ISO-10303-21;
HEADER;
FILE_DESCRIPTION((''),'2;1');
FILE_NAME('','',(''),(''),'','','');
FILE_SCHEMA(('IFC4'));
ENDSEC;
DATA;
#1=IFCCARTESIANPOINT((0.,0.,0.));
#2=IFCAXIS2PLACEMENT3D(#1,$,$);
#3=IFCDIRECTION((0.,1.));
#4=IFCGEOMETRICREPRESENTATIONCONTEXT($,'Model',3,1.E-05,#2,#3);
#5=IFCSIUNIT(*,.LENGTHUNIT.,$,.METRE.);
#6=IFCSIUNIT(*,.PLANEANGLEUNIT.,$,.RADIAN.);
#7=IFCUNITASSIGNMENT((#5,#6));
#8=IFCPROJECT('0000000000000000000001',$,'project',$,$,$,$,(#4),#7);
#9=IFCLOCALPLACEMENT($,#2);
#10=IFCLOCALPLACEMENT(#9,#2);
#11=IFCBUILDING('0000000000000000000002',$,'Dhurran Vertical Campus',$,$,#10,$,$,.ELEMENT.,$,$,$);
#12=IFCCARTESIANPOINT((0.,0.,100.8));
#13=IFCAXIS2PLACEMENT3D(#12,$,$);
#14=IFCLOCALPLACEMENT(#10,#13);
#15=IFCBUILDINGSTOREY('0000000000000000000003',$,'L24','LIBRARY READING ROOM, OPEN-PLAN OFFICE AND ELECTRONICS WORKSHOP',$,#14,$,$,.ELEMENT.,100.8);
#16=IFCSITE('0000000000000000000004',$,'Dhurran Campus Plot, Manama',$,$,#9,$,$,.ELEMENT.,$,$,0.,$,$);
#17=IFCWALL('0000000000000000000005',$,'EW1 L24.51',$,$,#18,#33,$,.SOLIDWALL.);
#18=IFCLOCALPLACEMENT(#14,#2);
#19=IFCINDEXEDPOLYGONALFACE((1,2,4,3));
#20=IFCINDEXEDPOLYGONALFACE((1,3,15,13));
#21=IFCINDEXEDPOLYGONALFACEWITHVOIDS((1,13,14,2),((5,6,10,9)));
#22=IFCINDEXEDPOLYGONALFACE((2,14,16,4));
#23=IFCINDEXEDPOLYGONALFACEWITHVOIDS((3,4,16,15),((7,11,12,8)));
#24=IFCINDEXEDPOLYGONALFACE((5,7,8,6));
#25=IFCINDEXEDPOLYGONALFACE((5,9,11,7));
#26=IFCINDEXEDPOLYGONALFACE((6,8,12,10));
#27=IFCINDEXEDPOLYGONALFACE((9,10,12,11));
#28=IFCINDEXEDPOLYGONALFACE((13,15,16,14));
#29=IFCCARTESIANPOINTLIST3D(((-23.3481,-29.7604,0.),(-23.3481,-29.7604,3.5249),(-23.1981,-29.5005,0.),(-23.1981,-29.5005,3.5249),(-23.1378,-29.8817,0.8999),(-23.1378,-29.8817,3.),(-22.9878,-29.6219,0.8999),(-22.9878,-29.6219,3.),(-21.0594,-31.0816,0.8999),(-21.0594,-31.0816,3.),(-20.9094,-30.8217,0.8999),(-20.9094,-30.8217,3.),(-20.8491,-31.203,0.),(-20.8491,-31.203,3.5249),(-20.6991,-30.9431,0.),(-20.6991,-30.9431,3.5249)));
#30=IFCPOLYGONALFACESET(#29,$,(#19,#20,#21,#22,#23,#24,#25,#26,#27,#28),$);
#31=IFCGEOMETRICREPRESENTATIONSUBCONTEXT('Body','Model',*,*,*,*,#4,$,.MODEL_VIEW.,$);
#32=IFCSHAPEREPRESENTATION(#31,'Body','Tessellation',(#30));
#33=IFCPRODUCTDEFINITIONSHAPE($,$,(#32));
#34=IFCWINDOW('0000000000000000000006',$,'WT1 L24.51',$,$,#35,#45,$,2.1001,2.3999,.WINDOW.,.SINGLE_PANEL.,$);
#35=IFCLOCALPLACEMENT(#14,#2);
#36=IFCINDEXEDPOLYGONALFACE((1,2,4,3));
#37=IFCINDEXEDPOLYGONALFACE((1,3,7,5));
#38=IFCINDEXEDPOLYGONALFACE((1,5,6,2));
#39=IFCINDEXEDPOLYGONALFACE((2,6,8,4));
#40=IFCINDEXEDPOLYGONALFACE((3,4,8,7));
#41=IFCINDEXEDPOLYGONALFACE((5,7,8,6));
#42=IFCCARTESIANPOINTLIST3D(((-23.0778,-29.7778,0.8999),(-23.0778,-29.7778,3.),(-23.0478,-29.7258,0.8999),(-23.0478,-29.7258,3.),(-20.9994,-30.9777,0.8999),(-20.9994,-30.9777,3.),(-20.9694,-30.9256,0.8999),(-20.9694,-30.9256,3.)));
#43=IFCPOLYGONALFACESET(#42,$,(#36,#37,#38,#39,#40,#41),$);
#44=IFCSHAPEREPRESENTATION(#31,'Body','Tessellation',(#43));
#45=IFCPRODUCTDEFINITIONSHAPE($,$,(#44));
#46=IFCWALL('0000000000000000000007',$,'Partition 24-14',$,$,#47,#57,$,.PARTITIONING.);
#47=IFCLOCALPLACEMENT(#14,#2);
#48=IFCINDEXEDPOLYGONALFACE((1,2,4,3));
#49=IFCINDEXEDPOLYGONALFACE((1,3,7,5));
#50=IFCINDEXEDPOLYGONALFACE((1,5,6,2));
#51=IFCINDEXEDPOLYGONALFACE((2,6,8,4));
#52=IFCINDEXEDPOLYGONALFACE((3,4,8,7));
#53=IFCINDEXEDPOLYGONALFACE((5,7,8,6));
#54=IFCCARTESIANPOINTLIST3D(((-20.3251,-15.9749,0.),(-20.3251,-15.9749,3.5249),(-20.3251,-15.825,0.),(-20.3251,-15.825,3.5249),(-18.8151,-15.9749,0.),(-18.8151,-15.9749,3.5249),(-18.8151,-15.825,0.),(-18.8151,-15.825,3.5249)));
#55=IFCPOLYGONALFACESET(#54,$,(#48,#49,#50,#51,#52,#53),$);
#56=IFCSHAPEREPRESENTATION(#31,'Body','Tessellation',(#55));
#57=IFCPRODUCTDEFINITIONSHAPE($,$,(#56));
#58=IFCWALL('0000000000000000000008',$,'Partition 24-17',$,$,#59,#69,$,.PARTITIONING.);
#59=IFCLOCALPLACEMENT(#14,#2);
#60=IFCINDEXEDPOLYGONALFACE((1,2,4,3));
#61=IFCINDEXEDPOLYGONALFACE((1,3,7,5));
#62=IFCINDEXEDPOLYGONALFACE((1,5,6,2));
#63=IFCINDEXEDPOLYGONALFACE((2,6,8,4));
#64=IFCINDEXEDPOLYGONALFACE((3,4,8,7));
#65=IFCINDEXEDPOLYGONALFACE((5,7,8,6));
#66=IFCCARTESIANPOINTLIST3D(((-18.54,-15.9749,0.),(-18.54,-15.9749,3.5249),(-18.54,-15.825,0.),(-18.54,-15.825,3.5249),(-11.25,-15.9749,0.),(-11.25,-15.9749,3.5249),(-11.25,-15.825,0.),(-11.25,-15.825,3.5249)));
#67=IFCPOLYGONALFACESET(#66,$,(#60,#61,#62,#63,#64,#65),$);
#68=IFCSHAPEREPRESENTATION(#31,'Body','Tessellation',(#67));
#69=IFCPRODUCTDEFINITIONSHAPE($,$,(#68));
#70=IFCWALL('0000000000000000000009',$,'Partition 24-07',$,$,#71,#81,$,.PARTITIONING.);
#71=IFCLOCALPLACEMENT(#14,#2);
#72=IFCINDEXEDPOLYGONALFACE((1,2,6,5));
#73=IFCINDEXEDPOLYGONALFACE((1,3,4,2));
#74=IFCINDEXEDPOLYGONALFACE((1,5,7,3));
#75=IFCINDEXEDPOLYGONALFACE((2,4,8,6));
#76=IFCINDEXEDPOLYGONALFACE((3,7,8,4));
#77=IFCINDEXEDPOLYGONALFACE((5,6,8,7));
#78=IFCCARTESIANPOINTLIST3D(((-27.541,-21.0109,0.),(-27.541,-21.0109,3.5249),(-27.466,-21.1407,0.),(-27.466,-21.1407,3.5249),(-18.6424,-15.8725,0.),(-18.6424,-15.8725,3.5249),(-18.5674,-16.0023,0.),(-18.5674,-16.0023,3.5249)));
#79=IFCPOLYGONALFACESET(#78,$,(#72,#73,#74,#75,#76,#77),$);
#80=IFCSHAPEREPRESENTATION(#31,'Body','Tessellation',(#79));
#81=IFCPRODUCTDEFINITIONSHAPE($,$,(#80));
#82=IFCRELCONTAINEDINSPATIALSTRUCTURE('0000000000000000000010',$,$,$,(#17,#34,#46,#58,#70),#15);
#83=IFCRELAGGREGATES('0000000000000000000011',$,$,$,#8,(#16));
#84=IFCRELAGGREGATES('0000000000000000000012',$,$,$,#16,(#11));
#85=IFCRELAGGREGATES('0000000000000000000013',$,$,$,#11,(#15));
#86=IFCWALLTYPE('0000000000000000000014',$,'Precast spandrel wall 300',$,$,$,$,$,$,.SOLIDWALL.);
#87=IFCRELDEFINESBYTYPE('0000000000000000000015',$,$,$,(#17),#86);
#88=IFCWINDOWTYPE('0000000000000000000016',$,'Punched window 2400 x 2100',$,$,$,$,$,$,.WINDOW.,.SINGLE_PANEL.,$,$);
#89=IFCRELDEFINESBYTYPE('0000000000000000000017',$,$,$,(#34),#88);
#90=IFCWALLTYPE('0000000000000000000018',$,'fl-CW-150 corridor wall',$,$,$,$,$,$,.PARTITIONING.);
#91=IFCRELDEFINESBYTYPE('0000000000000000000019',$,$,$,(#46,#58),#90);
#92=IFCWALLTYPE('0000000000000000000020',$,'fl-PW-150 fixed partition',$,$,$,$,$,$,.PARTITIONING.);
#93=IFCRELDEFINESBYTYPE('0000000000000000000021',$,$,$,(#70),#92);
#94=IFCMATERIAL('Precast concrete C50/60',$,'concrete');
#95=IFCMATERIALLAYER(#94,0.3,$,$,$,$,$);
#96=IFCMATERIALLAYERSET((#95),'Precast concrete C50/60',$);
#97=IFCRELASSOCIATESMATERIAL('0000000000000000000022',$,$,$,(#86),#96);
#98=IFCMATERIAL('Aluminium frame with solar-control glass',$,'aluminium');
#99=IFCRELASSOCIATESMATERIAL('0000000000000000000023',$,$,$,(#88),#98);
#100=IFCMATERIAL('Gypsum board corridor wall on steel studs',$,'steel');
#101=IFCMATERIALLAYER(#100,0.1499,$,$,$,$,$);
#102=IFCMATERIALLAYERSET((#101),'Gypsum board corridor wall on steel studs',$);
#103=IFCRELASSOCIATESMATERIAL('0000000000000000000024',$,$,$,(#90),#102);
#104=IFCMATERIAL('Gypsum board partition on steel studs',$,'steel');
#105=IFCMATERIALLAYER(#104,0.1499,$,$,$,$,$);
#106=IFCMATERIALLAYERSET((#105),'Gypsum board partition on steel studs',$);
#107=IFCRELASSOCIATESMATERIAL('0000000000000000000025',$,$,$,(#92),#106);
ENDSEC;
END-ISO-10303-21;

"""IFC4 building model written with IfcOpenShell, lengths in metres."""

from ifc_helpers import new_model, si_unit, direction, frame, frame_2d, origin, place, context, subcontext, project, spatial, rectangle, extrude, material, layer, layer_set, type_object, element, fill, save


model = new_model("IFC4")

# Units and contexts
model_context = context("Model", 3, precision=1e-05, world=origin(), true_north=direction((0.0, 1.0)))
body_context = subcontext(model_context, "Body", "Model", "MODEL_VIEW")
ifc_project = project(units=[si_unit("LENGTHUNIT", "METRE"), si_unit("PLANEANGLEUNIT", "RADIAN")], contexts=[model_context])

# Site, building, storey
site_placement = place(None, origin())
site = spatial("IfcSite", under=ifc_project, at=site_placement, Name="Dhurran Campus Plot, Manama", CompositionType="ELEMENT", RefElevation=0.0)
building_placement = place(site_placement, origin())
building = spatial("IfcBuilding", under=site, at=building_placement, Name="Dhurran Vertical Campus", CompositionType="ELEMENT")
storey_placement = place(building_placement, frame((0.0, 0.0, 100.8)))
storey = spatial("IfcBuildingStorey", under=building, at=storey_placement, Name="L24", Description="LIBRARY READING ROOM, OPEN-PLAN OFFICE AND ELECTRONICS WORKSHOP", CompositionType="ELEMENT", Elevation=100.8)

# Wall, opening, window
ifc_material_1 = material(Name="Precast concrete C50/60", Category="concrete")
ifc_layer_1 = layer(ifc_material_1, 0.3)
ifc_layer_set_1 = layer_set([ifc_layer_1], Name="Precast concrete C50/60")
wall_type_1 = type_object("IfcWallType", Name="Precast spandrel wall 300", PredefinedType="SOLIDWALL", material=ifc_layer_set_1)
ifc_material_2 = material(Name="Aluminium frame with solar-control glass", Category="aluminium")
window_type = type_object("IfcWindowType", Name="Punched window 2400 x 2100", PartitioningType="SINGLE_PANEL", PredefinedType="WINDOW", material=ifc_material_2)
wall_1_placement = place(storey_placement, frame((-23.2732, -29.6304, 0.0), z_axis=(0.0, 0.0, 1.0), x_axis=(0.866053, -0.499952, 0.0)))
wall_1 = element("IfcWall", 1, at=wall_1_placement, inside=storey, type_object=wall_type_1, Name="EW1 L24.51", PredefinedType="SOLIDWALL", context=body_context, shape_type="SweptSolid", body=[
    extrude(rectangle(XDim=2.8855, YDim=0.3, at=frame_2d((1.4429, 0.0))), origin(), (0.0, 0.0, 1.0), 3.5249),
])
opening_1_placement = place(wall_1_placement, frame((0.2429, 0.0, 0.8999)))
opening_1 = element("IfcOpeningElement", 2, at=opening_1_placement, cuts=wall_1, PredefinedType="OPENING", context=body_context, shape_type="SweptSolid", body=[
    extrude(rectangle(XDim=2.3999, YDim=2.1001, at=frame_2d((1.2, 1.05))), frame((0.0, 0.1599, 0.0), z_axis=(0.0, -1.0, 0.0), x_axis=(1.0, 0.0, 0.0)), (0.0, 0.0, 1.0), 0.3201),
])
window_1_placement = place(opening_1_placement, origin())
window_1 = element("IfcWindow", 3, at=window_1_placement, inside=storey, type_object=window_type, Name="WT1 L24.51", OverallHeight=2.1001, OverallWidth=2.3999, PartitioningType="SINGLE_PANEL", PredefinedType="WINDOW", context=body_context, shape_type="SweptSolid", body=[
    extrude(rectangle(XDim=2.3999, YDim=2.1001, at=frame_2d((1.2, 1.05))), frame((0.0, 0.03, 0.0), z_axis=(0.0, -1.0, 0.0), x_axis=(1.0, 0.0, 0.0)), (0.0, 0.0, 1.0), 0.0601),
])
fill(opening_1, window_1)

# Walls
ifc_material_3 = material(Name="Gypsum board corridor wall on steel studs", Category="steel")
ifc_layer_2 = layer(ifc_material_3, 0.1499)
ifc_layer_set_2 = layer_set([ifc_layer_2], Name="Gypsum board corridor wall on steel studs")
wall_type_2 = type_object("IfcWallType", Name="fl-CW-150 corridor wall", PredefinedType="PARTITIONING", material=ifc_layer_set_2)
wall_2_placement = place(storey_placement, frame((-20.325, -15.8999, 0.0), z_axis=(0.0, 0.0, 1.0), x_axis=(1.0, 0.0, 0.0)))
element("IfcWall", 4, at=wall_2_placement, inside=storey, type_object=wall_type_2, Name="Partition 24-14", PredefinedType="PARTITIONING", context=body_context, shape_type="SweptSolid", body=[
    extrude(rectangle(XDim=1.51, YDim=0.1499, at=frame_2d((0.7549, 0.0))), origin(), (0.0, 0.0, 1.0), 3.5249),
])
wall_3_placement = place(storey_placement, frame((-18.54, -15.8999, 0.0), z_axis=(0.0, 0.0, 1.0), x_axis=(1.0, 0.0, 0.0)))
element("IfcWall", 5, at=wall_3_placement, inside=storey, type_object=wall_type_2, Name="Partition 24-17", PredefinedType="PARTITIONING", context=body_context, shape_type="SweptSolid", body=[
    extrude(rectangle(XDim=7.29, YDim=0.1499, at=frame_2d((3.645, 0.0))), origin(), (0.0, 0.0, 1.0), 3.5249),
])
ifc_material_4 = material(Name="Gypsum board partition on steel studs", Category="steel")
ifc_layer_3 = layer(ifc_material_4, 0.1499)
ifc_layer_set_3 = layer_set([ifc_layer_3], Name="Gypsum board partition on steel studs")
wall_type_3 = type_object("IfcWallType", Name="fl-PW-150 fixed partition", PredefinedType="PARTITIONING", material=ifc_layer_set_3)
wall_4_placement = place(storey_placement, frame((-18.605, -15.9375, 0.0), z_axis=(0.0, 0.0, 1.0), x_axis=(-0.865993, -0.500056, 0.0)))
element("IfcWall", 6, at=wall_4_placement, inside=storey, type_object=wall_type_3, Name="Partition 24-07", PredefinedType="PARTITIONING", context=body_context, shape_type="SweptSolid", body=[
    extrude(rectangle(XDim=10.2756, YDim=0.1499, at=frame_2d((5.1377, 0.0))), origin(), (0.0, 0.0, 1.0), 3.5249),
])

save(model, "model.ifc")
